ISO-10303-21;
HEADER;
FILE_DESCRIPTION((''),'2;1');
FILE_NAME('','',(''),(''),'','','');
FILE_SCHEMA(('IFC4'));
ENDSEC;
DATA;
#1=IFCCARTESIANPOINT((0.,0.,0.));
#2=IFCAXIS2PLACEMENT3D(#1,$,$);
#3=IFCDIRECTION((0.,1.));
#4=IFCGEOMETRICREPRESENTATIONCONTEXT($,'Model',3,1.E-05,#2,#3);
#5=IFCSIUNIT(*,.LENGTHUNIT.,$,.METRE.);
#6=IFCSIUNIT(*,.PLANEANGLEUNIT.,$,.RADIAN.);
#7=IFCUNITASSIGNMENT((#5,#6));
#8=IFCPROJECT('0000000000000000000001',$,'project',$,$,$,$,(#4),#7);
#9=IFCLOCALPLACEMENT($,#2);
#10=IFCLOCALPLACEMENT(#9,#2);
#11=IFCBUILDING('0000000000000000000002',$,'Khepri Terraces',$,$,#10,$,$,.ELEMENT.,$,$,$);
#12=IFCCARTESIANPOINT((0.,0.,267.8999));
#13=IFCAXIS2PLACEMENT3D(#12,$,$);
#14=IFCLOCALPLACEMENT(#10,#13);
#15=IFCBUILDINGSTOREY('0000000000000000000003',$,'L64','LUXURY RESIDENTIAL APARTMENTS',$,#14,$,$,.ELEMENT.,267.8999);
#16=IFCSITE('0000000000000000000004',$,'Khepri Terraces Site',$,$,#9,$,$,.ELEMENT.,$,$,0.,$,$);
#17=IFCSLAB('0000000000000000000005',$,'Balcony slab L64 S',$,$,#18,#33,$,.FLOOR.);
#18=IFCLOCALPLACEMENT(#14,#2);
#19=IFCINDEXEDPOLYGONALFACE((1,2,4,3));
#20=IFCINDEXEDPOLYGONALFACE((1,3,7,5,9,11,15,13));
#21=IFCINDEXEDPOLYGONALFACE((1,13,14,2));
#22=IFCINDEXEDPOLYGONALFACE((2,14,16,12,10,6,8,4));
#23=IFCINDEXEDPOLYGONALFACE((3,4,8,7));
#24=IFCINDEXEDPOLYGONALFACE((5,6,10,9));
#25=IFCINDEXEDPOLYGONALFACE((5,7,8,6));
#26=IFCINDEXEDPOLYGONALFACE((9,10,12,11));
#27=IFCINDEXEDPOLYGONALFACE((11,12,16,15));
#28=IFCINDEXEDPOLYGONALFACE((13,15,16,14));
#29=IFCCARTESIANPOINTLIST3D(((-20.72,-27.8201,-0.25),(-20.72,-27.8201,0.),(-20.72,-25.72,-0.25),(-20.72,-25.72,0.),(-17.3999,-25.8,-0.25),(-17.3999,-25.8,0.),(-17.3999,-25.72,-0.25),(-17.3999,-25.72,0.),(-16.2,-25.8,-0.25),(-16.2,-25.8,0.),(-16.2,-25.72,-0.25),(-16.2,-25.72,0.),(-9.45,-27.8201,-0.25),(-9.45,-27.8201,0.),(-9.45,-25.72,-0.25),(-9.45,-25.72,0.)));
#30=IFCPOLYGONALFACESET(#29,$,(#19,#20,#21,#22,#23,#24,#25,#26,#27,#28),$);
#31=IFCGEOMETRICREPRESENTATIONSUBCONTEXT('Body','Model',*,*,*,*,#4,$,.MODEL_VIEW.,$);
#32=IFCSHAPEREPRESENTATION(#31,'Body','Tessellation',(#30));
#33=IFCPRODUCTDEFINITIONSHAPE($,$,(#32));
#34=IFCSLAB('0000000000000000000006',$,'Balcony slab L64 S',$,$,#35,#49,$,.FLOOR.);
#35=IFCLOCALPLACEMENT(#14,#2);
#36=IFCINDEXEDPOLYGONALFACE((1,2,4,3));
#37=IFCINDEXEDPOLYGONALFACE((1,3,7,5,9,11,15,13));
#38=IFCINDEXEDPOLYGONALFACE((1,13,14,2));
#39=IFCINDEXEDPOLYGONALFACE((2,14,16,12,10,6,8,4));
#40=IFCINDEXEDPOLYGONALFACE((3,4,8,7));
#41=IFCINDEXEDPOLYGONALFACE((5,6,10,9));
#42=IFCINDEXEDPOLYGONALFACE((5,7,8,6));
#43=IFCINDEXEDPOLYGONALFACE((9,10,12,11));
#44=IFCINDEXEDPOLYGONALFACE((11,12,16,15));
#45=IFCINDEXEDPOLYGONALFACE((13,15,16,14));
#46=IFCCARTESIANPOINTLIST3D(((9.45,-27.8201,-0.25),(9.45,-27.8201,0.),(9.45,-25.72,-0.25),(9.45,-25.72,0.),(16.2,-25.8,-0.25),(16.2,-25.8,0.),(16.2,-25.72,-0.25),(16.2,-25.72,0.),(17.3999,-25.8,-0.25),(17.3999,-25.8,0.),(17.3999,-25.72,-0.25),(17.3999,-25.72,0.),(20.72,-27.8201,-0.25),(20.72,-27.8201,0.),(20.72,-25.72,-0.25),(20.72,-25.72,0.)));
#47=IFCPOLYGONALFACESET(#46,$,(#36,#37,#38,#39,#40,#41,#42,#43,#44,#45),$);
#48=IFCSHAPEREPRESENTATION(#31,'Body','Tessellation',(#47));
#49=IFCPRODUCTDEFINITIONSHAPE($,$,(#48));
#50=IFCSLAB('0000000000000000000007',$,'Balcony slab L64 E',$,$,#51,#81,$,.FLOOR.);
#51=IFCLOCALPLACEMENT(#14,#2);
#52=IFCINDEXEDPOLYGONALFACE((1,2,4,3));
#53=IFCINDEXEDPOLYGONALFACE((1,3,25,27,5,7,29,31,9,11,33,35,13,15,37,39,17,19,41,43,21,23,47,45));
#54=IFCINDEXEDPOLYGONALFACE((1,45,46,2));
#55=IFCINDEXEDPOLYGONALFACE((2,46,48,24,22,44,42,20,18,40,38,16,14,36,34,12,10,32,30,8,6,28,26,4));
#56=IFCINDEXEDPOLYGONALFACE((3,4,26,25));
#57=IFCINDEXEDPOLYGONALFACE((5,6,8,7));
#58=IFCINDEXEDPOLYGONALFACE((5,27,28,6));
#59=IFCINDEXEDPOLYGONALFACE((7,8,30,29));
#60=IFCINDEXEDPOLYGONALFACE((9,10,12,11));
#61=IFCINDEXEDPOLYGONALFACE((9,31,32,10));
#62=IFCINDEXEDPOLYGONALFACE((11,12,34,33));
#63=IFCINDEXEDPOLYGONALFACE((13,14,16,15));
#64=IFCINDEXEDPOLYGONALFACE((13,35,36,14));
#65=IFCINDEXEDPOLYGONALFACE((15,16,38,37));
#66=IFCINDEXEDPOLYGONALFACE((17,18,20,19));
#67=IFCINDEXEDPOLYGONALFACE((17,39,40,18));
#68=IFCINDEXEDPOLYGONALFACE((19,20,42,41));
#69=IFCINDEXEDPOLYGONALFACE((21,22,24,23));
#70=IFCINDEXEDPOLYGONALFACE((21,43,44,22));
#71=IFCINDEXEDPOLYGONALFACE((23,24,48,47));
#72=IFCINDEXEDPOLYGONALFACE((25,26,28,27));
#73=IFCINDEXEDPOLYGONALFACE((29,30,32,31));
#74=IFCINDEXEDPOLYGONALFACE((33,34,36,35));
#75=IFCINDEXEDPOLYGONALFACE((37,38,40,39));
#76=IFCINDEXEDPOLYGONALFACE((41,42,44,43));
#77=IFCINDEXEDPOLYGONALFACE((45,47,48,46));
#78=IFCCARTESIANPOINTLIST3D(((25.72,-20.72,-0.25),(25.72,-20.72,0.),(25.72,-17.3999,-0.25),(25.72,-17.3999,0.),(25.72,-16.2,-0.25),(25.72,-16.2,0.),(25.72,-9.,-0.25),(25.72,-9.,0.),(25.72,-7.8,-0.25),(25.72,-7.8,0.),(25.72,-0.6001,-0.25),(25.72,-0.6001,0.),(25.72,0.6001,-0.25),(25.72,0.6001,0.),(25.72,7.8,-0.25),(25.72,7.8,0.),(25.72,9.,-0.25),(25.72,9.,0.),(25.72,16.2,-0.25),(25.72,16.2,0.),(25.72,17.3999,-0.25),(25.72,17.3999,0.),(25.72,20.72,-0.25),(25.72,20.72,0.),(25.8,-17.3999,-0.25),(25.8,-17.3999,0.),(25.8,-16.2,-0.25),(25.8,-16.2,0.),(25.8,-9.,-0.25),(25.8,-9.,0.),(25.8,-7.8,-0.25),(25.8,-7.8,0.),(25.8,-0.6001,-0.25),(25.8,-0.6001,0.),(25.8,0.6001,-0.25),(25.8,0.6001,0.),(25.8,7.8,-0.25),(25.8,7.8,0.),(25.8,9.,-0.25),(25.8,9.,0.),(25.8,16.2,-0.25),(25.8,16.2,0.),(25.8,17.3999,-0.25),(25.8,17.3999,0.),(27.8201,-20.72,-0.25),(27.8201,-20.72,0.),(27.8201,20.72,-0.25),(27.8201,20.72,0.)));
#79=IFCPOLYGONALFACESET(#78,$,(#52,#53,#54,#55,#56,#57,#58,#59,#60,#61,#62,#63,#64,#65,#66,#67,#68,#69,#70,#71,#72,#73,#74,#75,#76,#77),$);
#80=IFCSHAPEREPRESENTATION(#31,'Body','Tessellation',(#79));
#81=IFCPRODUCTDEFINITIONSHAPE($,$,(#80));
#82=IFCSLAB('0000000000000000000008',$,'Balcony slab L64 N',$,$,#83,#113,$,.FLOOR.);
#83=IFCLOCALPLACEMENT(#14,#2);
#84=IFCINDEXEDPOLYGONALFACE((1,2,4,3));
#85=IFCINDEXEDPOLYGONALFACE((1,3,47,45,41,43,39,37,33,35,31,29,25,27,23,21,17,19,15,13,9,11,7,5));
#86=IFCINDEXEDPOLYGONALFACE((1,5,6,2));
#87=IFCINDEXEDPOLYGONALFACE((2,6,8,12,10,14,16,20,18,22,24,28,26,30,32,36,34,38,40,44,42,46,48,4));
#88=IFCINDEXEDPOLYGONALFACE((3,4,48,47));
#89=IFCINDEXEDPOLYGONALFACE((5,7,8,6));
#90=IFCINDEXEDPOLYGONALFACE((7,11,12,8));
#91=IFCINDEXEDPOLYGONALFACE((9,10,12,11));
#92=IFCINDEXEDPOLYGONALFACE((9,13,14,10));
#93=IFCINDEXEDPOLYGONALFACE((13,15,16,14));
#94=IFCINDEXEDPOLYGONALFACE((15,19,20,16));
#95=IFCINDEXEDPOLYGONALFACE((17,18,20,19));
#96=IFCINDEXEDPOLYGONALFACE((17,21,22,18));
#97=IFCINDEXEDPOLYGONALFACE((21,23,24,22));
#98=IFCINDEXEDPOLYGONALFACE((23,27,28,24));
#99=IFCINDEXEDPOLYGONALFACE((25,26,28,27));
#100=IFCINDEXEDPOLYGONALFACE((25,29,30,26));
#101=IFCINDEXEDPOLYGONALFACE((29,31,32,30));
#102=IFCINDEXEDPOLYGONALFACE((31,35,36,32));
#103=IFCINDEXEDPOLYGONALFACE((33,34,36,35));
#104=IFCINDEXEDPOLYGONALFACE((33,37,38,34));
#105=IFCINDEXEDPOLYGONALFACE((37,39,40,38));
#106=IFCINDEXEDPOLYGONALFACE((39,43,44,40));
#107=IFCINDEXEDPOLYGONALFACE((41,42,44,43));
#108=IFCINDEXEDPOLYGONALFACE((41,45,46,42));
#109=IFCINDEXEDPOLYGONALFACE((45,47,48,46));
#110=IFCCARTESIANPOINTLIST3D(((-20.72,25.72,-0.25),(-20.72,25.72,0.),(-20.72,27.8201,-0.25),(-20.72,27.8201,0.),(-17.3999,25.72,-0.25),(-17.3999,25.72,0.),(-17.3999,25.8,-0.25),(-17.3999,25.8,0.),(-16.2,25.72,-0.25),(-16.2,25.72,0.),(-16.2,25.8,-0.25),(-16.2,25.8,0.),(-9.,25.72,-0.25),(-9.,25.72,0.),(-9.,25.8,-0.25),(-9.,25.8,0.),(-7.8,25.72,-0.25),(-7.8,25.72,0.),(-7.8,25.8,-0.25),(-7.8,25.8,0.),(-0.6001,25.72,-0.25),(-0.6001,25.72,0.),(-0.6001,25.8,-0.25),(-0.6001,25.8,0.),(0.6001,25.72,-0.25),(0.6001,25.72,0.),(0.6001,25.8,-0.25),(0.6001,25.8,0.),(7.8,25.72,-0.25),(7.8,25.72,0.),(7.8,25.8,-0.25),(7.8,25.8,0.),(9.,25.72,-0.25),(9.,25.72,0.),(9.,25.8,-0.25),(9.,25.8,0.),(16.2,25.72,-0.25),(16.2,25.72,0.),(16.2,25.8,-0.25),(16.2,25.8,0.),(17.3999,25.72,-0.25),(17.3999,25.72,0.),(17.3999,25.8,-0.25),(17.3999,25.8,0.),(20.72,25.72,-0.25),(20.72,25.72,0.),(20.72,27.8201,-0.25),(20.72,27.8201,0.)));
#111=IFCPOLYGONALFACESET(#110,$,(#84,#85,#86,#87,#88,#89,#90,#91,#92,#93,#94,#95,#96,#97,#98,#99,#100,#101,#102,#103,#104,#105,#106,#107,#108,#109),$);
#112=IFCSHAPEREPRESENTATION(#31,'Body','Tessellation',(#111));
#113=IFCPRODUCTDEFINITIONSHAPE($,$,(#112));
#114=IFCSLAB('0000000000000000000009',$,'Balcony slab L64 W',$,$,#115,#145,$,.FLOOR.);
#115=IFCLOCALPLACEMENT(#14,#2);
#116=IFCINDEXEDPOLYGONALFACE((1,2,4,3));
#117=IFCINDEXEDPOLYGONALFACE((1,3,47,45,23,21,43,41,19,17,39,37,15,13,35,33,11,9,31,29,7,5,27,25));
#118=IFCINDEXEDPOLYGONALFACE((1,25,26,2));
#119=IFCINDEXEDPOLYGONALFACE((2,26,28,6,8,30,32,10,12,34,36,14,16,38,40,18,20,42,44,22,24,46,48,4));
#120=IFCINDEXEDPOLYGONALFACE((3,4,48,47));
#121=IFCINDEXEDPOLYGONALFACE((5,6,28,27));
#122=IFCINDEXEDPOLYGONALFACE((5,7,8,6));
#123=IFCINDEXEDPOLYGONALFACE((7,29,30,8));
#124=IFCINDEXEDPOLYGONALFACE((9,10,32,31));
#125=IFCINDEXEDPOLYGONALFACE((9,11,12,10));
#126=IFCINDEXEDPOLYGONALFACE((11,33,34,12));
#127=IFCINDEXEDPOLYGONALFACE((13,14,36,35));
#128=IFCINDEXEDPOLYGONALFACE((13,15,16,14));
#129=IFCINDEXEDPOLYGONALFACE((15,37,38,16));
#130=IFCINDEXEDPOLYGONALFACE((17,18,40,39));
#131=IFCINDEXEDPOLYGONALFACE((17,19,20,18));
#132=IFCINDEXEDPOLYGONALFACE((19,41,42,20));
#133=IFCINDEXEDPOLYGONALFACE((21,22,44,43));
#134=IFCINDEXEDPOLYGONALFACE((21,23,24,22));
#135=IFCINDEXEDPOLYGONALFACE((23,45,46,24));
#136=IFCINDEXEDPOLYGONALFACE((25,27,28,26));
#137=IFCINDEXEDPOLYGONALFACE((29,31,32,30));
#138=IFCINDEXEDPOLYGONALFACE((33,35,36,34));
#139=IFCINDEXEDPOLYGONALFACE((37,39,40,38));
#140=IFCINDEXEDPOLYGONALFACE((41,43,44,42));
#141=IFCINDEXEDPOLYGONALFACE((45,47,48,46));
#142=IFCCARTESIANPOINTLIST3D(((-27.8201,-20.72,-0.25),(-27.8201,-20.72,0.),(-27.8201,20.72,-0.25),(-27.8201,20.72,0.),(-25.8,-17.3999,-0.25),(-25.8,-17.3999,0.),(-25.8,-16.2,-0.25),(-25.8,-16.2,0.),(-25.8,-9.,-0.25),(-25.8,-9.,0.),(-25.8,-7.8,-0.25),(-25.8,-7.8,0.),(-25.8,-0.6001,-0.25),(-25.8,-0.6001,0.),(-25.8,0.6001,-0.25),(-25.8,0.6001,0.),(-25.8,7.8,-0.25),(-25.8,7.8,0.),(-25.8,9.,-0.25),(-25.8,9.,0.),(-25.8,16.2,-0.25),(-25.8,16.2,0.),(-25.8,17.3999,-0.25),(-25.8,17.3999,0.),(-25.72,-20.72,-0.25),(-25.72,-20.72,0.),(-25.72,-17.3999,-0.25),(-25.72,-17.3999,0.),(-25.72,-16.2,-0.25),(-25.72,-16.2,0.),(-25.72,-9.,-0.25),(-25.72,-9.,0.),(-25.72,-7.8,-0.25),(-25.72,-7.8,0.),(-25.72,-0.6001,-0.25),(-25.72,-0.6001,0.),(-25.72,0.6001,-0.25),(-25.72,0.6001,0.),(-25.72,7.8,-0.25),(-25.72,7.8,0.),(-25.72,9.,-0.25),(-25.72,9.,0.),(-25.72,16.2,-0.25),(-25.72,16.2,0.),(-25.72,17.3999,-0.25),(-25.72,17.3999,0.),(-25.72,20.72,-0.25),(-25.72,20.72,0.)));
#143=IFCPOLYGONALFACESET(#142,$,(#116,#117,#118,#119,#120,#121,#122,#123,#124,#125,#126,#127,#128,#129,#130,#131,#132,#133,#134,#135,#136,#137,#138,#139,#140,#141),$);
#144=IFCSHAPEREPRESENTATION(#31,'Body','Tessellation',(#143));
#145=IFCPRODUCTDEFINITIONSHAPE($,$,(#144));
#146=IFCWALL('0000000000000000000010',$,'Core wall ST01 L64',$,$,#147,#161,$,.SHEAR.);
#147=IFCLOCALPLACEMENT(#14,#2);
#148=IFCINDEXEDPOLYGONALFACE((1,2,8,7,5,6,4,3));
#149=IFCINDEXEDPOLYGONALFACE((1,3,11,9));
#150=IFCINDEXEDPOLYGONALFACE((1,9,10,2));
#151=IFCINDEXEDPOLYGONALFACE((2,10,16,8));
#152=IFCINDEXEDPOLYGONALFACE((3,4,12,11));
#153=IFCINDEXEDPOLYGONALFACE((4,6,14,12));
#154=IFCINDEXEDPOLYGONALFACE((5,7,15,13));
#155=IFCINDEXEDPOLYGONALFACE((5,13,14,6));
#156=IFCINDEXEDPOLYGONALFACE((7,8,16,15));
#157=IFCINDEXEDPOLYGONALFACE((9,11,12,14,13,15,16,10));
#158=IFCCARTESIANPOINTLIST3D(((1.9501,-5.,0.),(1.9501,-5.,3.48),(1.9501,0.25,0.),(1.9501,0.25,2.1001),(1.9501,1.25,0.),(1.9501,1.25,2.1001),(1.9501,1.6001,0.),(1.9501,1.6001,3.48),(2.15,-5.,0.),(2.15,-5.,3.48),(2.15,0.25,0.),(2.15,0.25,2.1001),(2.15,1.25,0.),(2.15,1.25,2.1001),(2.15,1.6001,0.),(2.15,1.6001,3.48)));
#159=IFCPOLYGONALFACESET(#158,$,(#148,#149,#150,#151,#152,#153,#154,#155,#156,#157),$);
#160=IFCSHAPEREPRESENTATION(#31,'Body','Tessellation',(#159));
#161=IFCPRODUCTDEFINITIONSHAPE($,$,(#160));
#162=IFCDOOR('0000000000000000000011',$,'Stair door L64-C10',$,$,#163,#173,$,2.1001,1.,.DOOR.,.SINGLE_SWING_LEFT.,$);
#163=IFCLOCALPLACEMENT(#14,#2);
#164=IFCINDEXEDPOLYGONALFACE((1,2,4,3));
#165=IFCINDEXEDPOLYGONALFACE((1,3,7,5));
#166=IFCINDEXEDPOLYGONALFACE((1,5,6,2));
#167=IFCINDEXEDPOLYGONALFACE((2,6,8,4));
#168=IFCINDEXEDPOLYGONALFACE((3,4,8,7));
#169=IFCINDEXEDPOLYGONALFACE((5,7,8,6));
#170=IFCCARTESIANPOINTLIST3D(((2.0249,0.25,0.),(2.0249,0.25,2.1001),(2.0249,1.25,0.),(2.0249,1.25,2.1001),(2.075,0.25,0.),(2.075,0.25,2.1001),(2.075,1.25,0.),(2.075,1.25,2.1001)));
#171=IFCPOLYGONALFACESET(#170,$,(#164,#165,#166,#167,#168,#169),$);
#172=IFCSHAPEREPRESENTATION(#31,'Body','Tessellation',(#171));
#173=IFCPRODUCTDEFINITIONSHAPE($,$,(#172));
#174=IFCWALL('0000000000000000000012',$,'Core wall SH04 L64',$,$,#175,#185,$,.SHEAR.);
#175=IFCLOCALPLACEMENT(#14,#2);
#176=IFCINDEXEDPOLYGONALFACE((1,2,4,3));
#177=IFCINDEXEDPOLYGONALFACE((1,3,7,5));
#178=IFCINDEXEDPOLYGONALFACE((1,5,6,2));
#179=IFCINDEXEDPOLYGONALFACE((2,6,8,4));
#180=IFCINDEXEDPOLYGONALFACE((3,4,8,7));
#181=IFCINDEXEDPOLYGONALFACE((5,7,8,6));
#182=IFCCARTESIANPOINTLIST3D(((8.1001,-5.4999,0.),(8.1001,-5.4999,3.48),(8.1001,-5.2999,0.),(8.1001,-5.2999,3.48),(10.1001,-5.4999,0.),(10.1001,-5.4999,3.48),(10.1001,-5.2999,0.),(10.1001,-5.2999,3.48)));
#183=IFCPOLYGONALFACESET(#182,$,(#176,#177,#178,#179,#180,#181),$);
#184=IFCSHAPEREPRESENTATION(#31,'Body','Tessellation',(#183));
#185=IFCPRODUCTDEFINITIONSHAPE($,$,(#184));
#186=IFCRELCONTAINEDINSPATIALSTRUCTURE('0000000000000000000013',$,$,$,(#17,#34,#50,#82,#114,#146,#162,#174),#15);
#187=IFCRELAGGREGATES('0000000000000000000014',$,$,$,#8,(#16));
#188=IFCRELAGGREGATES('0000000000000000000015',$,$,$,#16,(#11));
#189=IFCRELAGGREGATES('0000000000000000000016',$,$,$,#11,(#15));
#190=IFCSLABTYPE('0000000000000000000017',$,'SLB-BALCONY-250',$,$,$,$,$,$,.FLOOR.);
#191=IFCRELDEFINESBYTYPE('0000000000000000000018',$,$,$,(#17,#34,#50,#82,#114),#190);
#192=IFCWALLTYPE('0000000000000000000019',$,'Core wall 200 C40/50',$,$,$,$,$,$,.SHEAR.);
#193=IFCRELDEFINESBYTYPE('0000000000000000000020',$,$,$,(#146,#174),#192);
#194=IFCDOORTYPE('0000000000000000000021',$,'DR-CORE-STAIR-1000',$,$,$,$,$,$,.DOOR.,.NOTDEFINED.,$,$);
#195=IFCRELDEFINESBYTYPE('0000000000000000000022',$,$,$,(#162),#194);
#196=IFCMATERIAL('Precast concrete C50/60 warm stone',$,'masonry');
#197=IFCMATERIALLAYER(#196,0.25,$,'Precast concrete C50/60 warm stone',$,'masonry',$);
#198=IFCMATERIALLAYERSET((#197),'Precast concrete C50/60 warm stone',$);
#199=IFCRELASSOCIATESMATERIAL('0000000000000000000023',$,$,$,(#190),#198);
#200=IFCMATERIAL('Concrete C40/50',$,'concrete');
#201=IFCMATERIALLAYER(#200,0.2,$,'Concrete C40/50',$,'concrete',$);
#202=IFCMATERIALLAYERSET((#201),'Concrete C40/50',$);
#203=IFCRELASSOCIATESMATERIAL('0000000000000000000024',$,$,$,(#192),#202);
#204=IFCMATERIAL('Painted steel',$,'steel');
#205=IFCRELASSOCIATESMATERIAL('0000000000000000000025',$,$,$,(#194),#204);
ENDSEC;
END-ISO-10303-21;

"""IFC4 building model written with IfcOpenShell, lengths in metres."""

from ifc_helpers import new_model, si_unit, direction, frame, frame_2d, origin, place, context, subcontext, project, spatial, polyline, rectangle, outline, extrude, material, layer, layer_set, type_object, element, fill, save


model = new_model("IFC4")

# Units and contexts
model_context = context("Model", 3, precision=1e-05, world=origin(), true_north=direction((0.0, 1.0)))
body_context = subcontext(model_context, "Body", "Model", "MODEL_VIEW")
ifc_project = project(units=[si_unit("LENGTHUNIT", "METRE"), si_unit("PLANEANGLEUNIT", "RADIAN")], contexts=[model_context])

# Site, building, storey
site_placement = place(None, origin())
site = spatial("IfcSite", under=ifc_project, at=site_placement, Name="Khepri Terraces Site", CompositionType="ELEMENT", RefElevation=0.0)
building_placement = place(site_placement, origin())
building = spatial("IfcBuilding", under=site, at=building_placement, Name="Khepri Terraces", CompositionType="ELEMENT")
storey_placement = place(building_placement, frame((0.0, 0.0, 267.8999)))
storey = spatial("IfcBuildingStorey", under=building, at=storey_placement, Name="L64", Description="LUXURY RESIDENTIAL APARTMENTS", CompositionType="ELEMENT", Elevation=267.8999)

# Slabs
ifc_material_1 = material(Name="Precast concrete C50/60 warm stone", Category="masonry")
ifc_layer_1 = layer(ifc_material_1, 0.25, Name="Precast concrete C50/60 warm stone", Category="masonry")
ifc_layer_set_1 = layer_set([ifc_layer_1], Name="Precast concrete C50/60 warm stone")
slab_type = type_object("IfcSlabType", Name="SLB-BALCONY-250", PredefinedType="FLOOR", material=ifc_layer_set_1)
slab_1_placement = place(storey_placement, frame((0.0, 0.0, -0.25)))
element("IfcSlab", 1, at=slab_1_placement, inside=storey, type_object=slab_type, Name="Balcony slab L64 S", PredefinedType="FLOOR", context=body_context, shape_type="SweptSolid", body=[
    extrude(outline(polyline([(-17.3999, -25.72), (-20.72, -25.72), (-20.72, -27.8201), (-9.45, -27.8201), (-9.45, -25.72), (-16.2, -25.72), (-16.2, -25.8), (-17.3999, -25.8), (-17.3999, -25.72)])), origin(), (0.0, 0.0, 1.0), 0.25),
])
slab_2_placement = place(storey_placement, frame((0.0, 0.0, -0.25)))
element("IfcSlab", 2, at=slab_2_placement, inside=storey, type_object=slab_type, Name="Balcony slab L64 S", PredefinedType="FLOOR", context=body_context, shape_type="SweptSolid", body=[
    extrude(outline(polyline([(16.2, -25.72), (9.45, -25.72), (9.45, -27.8201), (20.72, -27.8201), (20.72, -25.72), (17.3999, -25.72), (17.3999, -25.8), (16.2, -25.8), (16.2, -25.72)])), origin(), (0.0, 0.0, 1.0), 0.25),
])
slab_3_placement = place(storey_placement, frame((0.0, 0.0, -0.25)))
element("IfcSlab", 3, at=slab_3_placement, inside=storey, type_object=slab_type, Name="Balcony slab L64 E", PredefinedType="FLOOR", context=body_context, shape_type="SweptSolid", body=[
    extrude(outline(polyline([(25.72, -17.3999), (25.72, -20.72), (27.8201, -20.72), (27.8201, 20.72), (25.72, 20.72), (25.72, 17.3999), (25.8, 17.3999), (25.8, 16.2), (25.72, 16.2), (25.72, 9.0), (25.8, 9.0), (25.8, 7.8), (25.72, 7.8), (25.72, 0.6001), (25.8, 0.6001), (25.8, -0.6001), (25.72, -0.6001), (25.72, -7.8), (25.8, -7.8), (25.8, -9.0), (25.72, -9.0), (25.72, -16.2), (25.8, -16.2), (25.8, -17.3999), (25.72, -17.3999)])), origin(), (0.0, 0.0, 1.0), 0.25),
])
slab_4_placement = place(storey_placement, frame((0.0, 0.0, -0.25)))
element("IfcSlab", 4, at=slab_4_placement, inside=storey, type_object=slab_type, Name="Balcony slab L64 N", PredefinedType="FLOOR", context=body_context, shape_type="SweptSolid", body=[
    extrude(outline(polyline([(17.3999, 25.72), (20.72, 25.72), (20.72, 27.8201), (-20.72, 27.8201), (-20.72, 25.72), (-17.3999, 25.72), (-17.3999, 25.8), (-16.2, 25.8), (-16.2, 25.72), (-9.0, 25.72), (-9.0, 25.8), (-7.8, 25.8), (-7.8, 25.72), (-0.6001, 25.72), (-0.6001, 25.8), (0.6001, 25.8), (0.6001, 25.72), (7.8, 25.72), (7.8, 25.8), (9.0, 25.8), (9.0, 25.72), (16.2, 25.72), (16.2, 25.8), (17.3999, 25.8), (17.3999, 25.72)])), origin(), (0.0, 0.0, 1.0), 0.25),
])
slab_5_placement = place(storey_placement, frame((0.0, 0.0, -0.25)))
element("IfcSlab", 5, at=slab_5_placement, inside=storey, type_object=slab_type, Name="Balcony slab L64 W", PredefinedType="FLOOR", context=body_context, shape_type="SweptSolid", body=[
    extrude(outline(polyline([(-25.72, 17.3999), (-25.72, 20.72), (-27.8201, 20.72), (-27.8201, -20.72), (-25.72, -20.72), (-25.72, -17.3999), (-25.8, -17.3999), (-25.8, -16.2), (-25.72, -16.2), (-25.72, -9.0), (-25.8, -9.0), (-25.8, -7.8), (-25.72, -7.8), (-25.72, -0.6001), (-25.8, -0.6001), (-25.8, 0.6001), (-25.72, 0.6001), (-25.72, 7.8), (-25.8, 7.8), (-25.8, 9.0), (-25.72, 9.0), (-25.72, 16.2), (-25.8, 16.2), (-25.8, 17.3999), (-25.72, 17.3999)])), origin(), (0.0, 0.0, 1.0), 0.25),
])

# Wall, opening, door
ifc_material_2 = material(Name="Concrete C40/50", Category="concrete")
ifc_layer_2 = layer(ifc_material_2, 0.2, Name="Concrete C40/50", Category="concrete")
ifc_layer_set_2 = layer_set([ifc_layer_2], Name="Concrete C40/50")
wall_type_1 = type_object("IfcWallType", Name="Core wall 200 C40/50", PredefinedType="SHEAR", material=ifc_layer_set_2)
wall_1_placement = place(storey_placement, frame((2.05, -5.0, 0.0), z_axis=(0.0, 0.0, 1.0), x_axis=(0.0, 1.0, 0.0)))
wall_1 = element("IfcWall", 6, at=wall_1_placement, inside=storey, type_object=wall_type_1, Name="Core wall ST01 L64", PredefinedType="SHEAR", context=body_context, shape_type="SweptSolid", body=[
    extrude(rectangle(XDim=6.6001, YDim=0.2, at=frame_2d((3.3, 0.0))), origin(), (0.0, 0.0, 1.0), 3.48),
])
opening_1_placement = place(wall_1_placement, frame((5.25, 0.0, 0.0)))
opening_1 = element("IfcOpeningElement", 7, at=opening_1_placement, cuts=wall_1, PredefinedType="OPENING", context=body_context, shape_type="SweptSolid", body=[
    extrude(rectangle(XDim=1.0, YDim=2.1001, at=frame_2d((0.5, 1.05))), frame((0.0, 0.1099, 0.0), z_axis=(0.0, -1.0, 0.0), x_axis=(1.0, 0.0, 0.0)), (0.0, 0.0, 1.0), 0.22),
])
ifc_material_3 = material(Name="Painted steel", Category="steel")
door_type_1 = type_object("IfcDoorType", Name="DR-CORE-STAIR-1000", OperationType="NOTDEFINED", PredefinedType="DOOR", material=ifc_material_3)
door_1_placement = place(opening_1_placement, frame((1.0, 0.0, 0.0), z_axis=(0.0, 0.0, 1.0), x_axis=(-1.0, 0.0, 0.0)))
door_1 = element("IfcDoor", 8, at=door_1_placement, inside=storey, type_object=door_type_1, Name="Stair door L64-C10", OperationType="SINGLE_SWING_LEFT", OverallHeight=2.1001, OverallWidth=1.0, PredefinedType="DOOR", context=body_context, shape_type="SweptSolid", body=[
    extrude(rectangle(XDim=1.0, YDim=2.1001, at=frame_2d((0.5, 1.05))), frame((0.0, 0.0249, 0.0), z_axis=(0.0, -1.0, 0.0), x_axis=(1.0, 0.0, 0.0)), (0.0, 0.0, 1.0), 0.05),
])
fill(opening_1, door_1)

# Wall
for number, where, z_axis, x_axis, name in (
    (9, (8.1001, -5.3999, 0.0), (0.0, 0.0, 1.0), (1.0, 0.0, 0.0), "Core wall SH04 L64"),
):
    element("IfcWall", number, at=place(storey_placement, frame(where, z_axis=z_axis, x_axis=x_axis)), inside=storey, type_object=wall_type_1, Name=name, PredefinedType="SHEAR", context=body_context, shape_type="SweptSolid", body=[
        extrude(rectangle(XDim=2.0, YDim=0.2, at=frame_2d((1.0, 0.0))), origin(), (0.0, 0.0, 1.0), 3.48),
    ])

save(model, "model.ifc")
